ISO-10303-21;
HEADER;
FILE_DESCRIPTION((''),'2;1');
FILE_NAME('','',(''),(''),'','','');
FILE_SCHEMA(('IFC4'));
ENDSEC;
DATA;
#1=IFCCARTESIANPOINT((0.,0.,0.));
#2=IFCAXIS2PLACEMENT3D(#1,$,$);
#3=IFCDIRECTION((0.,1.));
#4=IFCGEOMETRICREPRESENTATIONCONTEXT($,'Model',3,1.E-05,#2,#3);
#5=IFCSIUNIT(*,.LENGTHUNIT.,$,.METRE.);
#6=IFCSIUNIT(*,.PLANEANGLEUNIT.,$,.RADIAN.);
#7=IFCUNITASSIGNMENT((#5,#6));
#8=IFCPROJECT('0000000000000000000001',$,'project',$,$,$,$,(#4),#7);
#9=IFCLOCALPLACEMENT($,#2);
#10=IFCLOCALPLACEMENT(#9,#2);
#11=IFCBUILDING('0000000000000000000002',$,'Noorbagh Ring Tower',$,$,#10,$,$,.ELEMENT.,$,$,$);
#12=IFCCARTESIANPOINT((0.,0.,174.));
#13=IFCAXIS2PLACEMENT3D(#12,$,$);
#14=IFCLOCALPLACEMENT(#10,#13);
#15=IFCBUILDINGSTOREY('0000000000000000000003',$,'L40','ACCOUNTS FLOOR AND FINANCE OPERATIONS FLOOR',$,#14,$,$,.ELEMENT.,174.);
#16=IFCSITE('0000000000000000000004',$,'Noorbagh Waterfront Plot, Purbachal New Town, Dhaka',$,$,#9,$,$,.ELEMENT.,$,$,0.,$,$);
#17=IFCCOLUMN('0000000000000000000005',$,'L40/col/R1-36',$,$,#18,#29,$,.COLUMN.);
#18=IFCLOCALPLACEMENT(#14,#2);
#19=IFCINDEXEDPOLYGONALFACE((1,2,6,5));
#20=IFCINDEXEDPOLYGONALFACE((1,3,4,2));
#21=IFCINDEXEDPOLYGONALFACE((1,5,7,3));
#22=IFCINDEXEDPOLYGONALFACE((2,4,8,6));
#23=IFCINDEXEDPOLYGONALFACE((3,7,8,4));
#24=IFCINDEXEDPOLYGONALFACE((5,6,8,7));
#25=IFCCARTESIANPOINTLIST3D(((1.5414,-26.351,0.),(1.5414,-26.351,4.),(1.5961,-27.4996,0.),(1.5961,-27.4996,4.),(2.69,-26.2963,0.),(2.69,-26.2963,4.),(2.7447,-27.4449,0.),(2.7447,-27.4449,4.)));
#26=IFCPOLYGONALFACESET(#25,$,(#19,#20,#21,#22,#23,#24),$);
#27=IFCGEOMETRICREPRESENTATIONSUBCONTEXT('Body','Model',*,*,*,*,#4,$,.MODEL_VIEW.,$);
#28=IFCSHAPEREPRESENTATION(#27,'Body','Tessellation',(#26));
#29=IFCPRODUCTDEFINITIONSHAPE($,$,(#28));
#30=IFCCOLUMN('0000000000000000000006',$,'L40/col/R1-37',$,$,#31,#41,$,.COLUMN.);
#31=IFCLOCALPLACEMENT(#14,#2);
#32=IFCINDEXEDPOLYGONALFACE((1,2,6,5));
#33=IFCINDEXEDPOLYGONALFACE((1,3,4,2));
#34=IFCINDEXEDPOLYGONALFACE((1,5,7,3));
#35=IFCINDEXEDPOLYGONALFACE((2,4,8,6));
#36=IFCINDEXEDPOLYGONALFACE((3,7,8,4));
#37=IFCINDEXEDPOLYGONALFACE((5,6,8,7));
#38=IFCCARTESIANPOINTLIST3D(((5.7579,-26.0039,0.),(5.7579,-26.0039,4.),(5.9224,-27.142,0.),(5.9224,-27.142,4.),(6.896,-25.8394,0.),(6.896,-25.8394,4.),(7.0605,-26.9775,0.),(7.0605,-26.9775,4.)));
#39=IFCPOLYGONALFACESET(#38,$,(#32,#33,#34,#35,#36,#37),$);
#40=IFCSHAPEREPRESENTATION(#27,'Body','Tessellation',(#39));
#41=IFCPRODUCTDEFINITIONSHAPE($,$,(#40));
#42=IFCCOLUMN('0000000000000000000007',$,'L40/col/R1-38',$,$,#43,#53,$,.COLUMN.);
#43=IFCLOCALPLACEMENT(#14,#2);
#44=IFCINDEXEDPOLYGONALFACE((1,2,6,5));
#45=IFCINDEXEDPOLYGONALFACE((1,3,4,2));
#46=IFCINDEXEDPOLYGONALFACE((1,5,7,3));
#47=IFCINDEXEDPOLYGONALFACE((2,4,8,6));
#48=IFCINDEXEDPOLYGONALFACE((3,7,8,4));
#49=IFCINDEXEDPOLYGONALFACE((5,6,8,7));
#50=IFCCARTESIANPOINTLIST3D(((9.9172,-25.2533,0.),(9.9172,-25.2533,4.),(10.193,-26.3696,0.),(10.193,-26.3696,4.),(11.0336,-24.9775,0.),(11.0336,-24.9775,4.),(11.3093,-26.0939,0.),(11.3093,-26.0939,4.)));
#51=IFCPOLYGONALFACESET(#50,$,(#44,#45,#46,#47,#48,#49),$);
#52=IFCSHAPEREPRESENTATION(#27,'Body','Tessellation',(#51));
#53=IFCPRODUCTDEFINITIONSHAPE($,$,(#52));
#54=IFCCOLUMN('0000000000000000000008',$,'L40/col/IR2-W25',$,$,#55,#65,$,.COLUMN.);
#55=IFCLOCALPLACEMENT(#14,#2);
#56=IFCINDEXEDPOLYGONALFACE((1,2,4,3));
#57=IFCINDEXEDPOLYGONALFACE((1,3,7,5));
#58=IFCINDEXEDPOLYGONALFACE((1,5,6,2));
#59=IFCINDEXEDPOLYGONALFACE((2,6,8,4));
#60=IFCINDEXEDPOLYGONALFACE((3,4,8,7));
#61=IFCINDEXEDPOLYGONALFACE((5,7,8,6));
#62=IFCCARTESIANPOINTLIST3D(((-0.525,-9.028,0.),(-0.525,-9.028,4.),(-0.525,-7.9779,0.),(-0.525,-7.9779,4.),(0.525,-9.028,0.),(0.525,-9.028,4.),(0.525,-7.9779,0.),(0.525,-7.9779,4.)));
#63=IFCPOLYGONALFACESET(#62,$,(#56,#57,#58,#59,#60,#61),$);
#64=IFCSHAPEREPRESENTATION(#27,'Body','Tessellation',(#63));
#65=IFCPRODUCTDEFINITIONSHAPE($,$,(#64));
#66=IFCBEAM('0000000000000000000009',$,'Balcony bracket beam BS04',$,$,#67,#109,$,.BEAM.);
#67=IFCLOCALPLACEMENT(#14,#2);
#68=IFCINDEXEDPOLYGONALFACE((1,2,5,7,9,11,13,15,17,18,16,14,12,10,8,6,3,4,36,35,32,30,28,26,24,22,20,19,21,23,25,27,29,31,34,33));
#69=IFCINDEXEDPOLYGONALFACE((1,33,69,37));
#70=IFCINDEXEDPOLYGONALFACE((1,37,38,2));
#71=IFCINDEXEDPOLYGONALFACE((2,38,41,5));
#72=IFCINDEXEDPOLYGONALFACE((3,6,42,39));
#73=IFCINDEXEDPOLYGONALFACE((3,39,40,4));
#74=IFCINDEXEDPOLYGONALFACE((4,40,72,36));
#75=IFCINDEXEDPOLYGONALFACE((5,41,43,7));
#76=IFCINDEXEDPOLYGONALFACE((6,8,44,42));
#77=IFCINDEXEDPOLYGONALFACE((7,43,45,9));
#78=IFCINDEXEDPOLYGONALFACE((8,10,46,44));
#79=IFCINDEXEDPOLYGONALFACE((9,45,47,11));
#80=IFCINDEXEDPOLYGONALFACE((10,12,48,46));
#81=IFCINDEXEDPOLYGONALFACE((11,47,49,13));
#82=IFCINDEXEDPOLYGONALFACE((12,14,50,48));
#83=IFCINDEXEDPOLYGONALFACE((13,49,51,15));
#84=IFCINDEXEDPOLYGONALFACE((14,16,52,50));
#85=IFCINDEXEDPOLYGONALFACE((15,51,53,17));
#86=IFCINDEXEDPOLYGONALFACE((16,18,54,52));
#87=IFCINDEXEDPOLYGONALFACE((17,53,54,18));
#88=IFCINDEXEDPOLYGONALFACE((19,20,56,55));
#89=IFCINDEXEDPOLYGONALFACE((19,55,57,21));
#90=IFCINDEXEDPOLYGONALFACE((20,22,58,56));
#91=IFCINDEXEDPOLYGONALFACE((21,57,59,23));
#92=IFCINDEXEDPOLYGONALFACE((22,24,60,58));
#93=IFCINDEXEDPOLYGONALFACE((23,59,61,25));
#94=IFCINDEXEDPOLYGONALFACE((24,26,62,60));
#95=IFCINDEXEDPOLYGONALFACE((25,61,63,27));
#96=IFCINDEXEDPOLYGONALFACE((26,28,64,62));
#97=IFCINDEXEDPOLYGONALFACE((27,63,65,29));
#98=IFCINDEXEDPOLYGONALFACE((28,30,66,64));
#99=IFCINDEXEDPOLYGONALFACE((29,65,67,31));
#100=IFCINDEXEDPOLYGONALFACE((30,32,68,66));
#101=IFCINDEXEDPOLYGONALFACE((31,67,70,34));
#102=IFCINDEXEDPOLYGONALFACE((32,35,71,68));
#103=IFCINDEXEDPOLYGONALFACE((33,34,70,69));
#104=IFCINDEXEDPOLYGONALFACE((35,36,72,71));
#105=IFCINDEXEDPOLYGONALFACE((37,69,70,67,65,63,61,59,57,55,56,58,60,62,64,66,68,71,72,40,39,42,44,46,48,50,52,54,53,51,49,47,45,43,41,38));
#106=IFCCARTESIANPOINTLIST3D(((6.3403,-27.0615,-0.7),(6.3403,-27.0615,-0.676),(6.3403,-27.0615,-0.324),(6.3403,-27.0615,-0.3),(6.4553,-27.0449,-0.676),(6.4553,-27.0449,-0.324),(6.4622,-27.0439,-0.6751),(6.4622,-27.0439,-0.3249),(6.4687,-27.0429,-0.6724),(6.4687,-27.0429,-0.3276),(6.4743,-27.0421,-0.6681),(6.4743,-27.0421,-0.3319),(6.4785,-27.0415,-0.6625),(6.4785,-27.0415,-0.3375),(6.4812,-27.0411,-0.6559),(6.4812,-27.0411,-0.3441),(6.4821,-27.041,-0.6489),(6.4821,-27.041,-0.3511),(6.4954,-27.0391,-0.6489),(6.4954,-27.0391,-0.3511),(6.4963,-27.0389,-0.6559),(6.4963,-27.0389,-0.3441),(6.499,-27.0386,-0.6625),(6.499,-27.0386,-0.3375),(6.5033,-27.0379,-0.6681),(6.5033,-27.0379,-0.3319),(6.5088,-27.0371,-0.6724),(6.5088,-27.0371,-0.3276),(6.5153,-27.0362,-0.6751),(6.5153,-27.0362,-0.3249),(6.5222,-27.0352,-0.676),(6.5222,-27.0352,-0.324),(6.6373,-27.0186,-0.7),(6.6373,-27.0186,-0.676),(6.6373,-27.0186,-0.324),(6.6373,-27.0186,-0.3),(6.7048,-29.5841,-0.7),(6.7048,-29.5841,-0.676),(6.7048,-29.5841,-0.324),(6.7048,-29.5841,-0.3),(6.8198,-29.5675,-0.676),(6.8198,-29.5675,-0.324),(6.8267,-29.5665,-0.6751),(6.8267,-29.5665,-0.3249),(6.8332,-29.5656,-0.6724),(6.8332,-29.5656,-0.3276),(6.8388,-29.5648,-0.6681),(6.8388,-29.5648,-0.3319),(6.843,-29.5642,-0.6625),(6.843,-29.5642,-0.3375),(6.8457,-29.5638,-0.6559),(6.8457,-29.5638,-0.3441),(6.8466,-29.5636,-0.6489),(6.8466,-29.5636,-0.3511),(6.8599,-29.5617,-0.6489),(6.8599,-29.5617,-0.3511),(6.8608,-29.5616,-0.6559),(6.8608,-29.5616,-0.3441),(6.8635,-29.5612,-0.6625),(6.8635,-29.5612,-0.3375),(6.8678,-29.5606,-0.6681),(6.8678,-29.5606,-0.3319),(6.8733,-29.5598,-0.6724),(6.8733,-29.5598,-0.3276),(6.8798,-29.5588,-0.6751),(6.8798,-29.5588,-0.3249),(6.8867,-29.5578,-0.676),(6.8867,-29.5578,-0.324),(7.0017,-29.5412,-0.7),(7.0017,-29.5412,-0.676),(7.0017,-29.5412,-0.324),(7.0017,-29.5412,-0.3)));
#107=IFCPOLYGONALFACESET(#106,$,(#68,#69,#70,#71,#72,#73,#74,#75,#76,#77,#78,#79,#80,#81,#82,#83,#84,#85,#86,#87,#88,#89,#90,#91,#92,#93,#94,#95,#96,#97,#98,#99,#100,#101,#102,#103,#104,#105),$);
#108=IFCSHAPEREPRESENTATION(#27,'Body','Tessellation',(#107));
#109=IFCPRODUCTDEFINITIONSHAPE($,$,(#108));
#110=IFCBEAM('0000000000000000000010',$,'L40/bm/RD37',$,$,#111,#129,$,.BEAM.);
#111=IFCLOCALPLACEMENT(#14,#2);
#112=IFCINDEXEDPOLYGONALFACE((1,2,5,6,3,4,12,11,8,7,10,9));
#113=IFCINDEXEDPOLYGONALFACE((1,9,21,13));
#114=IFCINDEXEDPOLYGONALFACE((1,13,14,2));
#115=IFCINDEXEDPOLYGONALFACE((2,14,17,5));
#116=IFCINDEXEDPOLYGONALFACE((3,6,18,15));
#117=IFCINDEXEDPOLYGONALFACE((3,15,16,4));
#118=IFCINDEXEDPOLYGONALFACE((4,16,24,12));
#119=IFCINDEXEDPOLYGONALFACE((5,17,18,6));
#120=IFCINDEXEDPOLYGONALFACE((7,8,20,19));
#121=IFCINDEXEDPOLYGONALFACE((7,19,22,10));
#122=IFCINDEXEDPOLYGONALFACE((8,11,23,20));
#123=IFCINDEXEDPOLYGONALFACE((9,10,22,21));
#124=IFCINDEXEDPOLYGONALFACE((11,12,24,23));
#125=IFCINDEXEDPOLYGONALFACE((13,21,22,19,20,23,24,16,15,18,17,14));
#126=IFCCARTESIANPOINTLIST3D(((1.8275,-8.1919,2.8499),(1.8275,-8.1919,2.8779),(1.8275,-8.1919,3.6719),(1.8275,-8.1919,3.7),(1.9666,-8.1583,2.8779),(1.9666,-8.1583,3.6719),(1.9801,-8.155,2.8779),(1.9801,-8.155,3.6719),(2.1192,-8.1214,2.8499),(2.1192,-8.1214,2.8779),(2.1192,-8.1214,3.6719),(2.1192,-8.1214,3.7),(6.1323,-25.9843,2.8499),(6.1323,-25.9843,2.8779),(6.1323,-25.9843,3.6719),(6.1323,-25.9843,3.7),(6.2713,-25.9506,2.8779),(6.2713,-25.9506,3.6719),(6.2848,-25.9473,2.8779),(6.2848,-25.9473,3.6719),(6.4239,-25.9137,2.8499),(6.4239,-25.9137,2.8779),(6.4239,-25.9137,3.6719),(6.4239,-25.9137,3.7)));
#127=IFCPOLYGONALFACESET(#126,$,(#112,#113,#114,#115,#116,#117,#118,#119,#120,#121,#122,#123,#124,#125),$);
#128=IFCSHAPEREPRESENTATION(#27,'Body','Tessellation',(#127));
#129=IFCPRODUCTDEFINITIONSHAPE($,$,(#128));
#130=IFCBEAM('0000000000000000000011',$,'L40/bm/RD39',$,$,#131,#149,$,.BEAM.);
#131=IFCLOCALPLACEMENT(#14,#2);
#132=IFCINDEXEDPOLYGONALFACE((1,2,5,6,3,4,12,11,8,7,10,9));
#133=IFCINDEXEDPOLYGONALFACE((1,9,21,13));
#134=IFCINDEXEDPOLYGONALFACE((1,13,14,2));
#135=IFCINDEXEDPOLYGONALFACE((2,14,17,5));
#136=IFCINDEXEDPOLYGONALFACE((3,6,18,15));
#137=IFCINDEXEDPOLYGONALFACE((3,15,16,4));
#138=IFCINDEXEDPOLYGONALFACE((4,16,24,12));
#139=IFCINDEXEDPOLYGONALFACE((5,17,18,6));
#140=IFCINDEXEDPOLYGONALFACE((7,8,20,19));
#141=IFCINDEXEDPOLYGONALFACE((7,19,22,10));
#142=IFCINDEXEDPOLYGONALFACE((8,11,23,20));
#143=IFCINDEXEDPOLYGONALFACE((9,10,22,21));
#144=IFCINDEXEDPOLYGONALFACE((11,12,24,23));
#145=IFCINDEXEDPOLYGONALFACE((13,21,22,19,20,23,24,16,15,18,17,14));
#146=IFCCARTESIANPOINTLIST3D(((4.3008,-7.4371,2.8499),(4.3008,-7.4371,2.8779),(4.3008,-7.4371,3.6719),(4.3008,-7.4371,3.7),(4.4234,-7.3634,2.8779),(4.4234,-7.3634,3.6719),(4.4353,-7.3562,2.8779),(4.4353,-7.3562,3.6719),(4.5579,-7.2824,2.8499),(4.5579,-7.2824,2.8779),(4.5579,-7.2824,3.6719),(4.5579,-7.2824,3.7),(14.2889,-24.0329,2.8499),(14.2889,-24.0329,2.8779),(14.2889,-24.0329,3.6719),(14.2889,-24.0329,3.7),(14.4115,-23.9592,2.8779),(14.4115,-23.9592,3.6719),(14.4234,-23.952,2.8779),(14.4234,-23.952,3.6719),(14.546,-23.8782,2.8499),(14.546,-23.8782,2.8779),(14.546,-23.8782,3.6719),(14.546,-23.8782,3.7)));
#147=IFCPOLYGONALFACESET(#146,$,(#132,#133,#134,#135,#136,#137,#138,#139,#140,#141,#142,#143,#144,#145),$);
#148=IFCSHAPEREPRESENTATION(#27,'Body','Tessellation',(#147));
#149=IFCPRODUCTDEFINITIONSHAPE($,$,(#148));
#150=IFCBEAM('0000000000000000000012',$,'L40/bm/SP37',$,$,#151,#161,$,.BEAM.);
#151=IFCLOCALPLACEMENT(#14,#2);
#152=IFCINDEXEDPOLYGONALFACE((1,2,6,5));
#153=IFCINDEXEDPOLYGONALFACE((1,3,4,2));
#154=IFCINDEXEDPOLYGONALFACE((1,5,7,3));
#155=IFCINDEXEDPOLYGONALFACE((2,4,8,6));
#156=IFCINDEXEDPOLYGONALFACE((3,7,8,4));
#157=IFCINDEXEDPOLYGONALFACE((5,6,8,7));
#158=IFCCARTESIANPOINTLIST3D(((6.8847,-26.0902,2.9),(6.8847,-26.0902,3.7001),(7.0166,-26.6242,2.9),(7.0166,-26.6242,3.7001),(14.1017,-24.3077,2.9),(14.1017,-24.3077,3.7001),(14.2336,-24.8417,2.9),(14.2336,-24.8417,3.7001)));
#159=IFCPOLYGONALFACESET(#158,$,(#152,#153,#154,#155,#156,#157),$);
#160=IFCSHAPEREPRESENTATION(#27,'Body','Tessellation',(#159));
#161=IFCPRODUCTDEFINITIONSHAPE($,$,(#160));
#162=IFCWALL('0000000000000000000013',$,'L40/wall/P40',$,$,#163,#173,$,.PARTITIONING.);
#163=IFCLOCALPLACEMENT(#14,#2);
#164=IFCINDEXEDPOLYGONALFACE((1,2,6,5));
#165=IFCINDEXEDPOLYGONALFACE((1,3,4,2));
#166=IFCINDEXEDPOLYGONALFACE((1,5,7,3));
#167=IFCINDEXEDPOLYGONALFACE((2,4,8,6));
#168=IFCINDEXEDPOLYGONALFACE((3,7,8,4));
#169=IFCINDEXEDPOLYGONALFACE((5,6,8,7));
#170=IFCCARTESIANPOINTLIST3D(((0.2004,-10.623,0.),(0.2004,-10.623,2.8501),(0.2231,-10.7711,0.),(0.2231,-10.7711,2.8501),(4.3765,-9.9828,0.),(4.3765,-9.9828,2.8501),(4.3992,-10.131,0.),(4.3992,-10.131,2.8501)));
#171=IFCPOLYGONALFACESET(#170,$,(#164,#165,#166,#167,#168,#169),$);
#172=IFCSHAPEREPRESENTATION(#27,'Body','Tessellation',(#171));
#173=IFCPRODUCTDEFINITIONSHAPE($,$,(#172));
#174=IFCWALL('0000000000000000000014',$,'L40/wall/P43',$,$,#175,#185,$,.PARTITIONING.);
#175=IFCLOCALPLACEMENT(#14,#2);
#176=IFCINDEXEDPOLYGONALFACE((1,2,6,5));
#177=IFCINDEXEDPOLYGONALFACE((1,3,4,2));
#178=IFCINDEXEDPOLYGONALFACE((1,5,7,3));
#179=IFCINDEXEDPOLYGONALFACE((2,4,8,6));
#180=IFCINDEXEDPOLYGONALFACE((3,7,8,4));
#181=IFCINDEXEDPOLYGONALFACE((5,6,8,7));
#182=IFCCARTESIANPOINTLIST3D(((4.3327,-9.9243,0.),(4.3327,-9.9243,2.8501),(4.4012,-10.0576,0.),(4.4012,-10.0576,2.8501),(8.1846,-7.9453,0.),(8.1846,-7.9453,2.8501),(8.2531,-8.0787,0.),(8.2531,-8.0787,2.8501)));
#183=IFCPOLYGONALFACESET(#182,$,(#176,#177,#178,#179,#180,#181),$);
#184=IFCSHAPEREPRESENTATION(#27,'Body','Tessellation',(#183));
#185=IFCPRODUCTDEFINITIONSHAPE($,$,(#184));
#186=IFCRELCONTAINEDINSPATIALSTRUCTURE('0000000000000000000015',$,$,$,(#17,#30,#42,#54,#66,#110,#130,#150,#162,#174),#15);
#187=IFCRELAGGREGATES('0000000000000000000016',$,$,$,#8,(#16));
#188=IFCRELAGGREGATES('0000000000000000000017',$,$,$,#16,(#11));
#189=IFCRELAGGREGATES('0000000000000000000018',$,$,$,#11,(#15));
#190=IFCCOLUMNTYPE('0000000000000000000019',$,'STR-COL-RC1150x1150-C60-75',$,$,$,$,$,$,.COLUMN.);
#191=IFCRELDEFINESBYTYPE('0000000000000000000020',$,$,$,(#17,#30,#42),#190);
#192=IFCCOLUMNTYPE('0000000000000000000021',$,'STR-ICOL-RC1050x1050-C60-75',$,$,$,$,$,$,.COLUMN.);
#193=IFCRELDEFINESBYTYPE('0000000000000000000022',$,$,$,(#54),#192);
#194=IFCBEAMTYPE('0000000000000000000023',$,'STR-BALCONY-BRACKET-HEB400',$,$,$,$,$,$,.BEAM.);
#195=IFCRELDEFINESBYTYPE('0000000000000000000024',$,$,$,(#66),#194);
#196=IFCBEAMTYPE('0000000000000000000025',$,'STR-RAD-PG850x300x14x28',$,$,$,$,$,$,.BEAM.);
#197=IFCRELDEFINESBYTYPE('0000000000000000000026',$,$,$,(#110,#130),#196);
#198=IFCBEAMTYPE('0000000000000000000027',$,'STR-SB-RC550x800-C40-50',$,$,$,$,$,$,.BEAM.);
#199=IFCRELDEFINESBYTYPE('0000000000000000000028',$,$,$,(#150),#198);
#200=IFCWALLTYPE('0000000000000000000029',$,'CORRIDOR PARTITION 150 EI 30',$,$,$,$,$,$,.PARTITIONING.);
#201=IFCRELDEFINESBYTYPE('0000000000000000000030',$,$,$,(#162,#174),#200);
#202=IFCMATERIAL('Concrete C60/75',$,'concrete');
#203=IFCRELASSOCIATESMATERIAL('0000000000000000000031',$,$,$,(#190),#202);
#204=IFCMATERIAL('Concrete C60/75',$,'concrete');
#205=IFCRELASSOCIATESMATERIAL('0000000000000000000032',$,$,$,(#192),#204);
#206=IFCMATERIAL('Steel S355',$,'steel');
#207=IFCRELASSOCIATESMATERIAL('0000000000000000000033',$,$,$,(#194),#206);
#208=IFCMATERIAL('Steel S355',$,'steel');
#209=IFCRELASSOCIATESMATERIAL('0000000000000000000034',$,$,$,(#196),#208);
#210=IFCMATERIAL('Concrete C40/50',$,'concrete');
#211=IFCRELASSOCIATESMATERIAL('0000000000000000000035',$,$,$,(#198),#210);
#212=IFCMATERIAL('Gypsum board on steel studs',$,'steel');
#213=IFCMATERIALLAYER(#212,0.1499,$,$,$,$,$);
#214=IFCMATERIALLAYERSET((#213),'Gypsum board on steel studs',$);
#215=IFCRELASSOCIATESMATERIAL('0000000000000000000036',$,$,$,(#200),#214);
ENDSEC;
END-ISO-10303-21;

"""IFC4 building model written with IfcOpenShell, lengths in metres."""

from ifc_helpers import new_model, si_unit, direction, frame, frame_2d, origin, origin_2d, place, context, subcontext, project, spatial, rectangle, i_section, extrude, material, layer, layer_set, material_profile, profile_set, type_object, element, save


model = new_model("IFC4")

# Units and contexts
model_context = context("Model", 3, precision=1e-05, world=origin(), true_north=direction((0.0, 1.0)))
body_context = subcontext(model_context, "Body", "Model", "MODEL_VIEW")
ifc_project = project(units=[si_unit("LENGTHUNIT", "METRE"), si_unit("PLANEANGLEUNIT", "RADIAN")], contexts=[model_context])

# Site, building, storey
site_placement = place(None, origin())
site = spatial("IfcSite", under=ifc_project, at=site_placement, Name="Noorbagh Waterfront Plot, Purbachal New Town, Dhaka", CompositionType="ELEMENT", RefElevation=0.0)
building_placement = place(site_placement, origin())
building = spatial("IfcBuilding", under=site, at=building_placement, Name="Noorbagh Ring Tower", CompositionType="ELEMENT")
storey_placement = place(building_placement, frame((0.0, 0.0, 174.0)))
storey = spatial("IfcBuildingStorey", under=building, at=storey_placement, Name="L40", Description="ACCOUNTS FLOOR AND FINANCE OPERATIONS FLOOR", CompositionType="ELEMENT", Elevation=174.0)

# Columns
ifc_material_1 = material(Name="Concrete C60/75", Category="concrete")
ifc_material_profile_1 = material_profile(ifc_material_1, rectangle(XDim=1.1499, YDim=1.1499, at=origin_2d()), Name="RC1150x1150")
ifc_profile_set_1 = profile_set([ifc_material_profile_1], Name="Concrete C60/75")
column_type_1 = type_object("IfcColumnType", Name="STR-COL-RC1150x1150-C60-75", PredefinedType="COLUMN", material=ifc_profile_set_1)
for number, where, z_axis, x_axis, name in (
    (1, (2.1431, -26.8979, 0.0), (0.0, 0.0, 1.0), (0.998869, 0.047553, 0.0), "L40/col/R1-36"),
    (2, (6.4092, -26.4907, 0.0), (0.0, 0.0, 1.0), (0.989713, 0.143066, 0.0), "L40/col/R1-37"),
    (3, (10.6133, -25.6736, 0.0), (0.0, 0.0, 1.0), (0.970829, 0.239771, 0.0), "L40/col/R1-38"),
):
    element("IfcColumn", number, at=place(storey_placement, frame(where, z_axis=z_axis, x_axis=x_axis)), inside=storey, type_object=column_type_1, Name=name, PredefinedType="COLUMN", context=body_context, shape_type="SweptSolid", body=[
        extrude(rectangle(XDim=1.1499, YDim=1.1499, at=origin_2d()), origin(), (0.0, 0.0, 1.0), 4.0),
    ])
ifc_material_2 = material(Name="Concrete C60/75", Category="concrete")
ifc_material_profile_2 = material_profile(ifc_material_2, rectangle(XDim=1.05, YDim=1.05, at=origin_2d()), Name="RC1050x1050")
ifc_profile_set_2 = profile_set([ifc_material_profile_2], Name="Concrete C60/75")
column_type_2 = type_object("IfcColumnType", Name="STR-ICOL-RC1050x1050-C60-75", PredefinedType="COLUMN", material=ifc_profile_set_2)
column_placement = place(storey_placement, frame((0.0, -8.5029, 0.0), z_axis=(0.0, 0.0, 1.0), x_axis=(1.0, 0.0, 0.0)))
element("IfcColumn", 4, at=column_placement, inside=storey, type_object=column_type_2, Name="L40/col/IR2-W25", PredefinedType="COLUMN", context=body_context, shape_type="SweptSolid", body=[
    extrude(rectangle(XDim=1.05, YDim=1.05, at=origin_2d()), origin(), (0.0, 0.0, 1.0), 4.0),
])

# Beams
ifc_material_3 = material(Name="Steel S355", Category="steel")
ifc_material_profile_3 = material_profile(ifc_material_3, i_section(OverallWidth=0.3, OverallDepth=0.3999, WebThickness=0.0134, FlangeThickness=0.0239, FilletRadius=0.0271, at=origin_2d()), Name="HEB400")
ifc_profile_set_3 = profile_set([ifc_material_profile_3], Name="Steel S355")
beam_type_1 = type_object("IfcBeamType", Name="STR-BALCONY-BRACKET-HEB400", PredefinedType="BEAM", material=ifc_profile_set_3)
beam_1_placement = place(storey_placement, frame((6.4888, -27.04, -0.5), z_axis=(0.143004, -0.989722, 0.0), x_axis=(0.989722, 0.143004, 0.0)))
element("IfcBeam", 5, at=beam_1_placement, inside=storey, type_object=beam_type_1, Name="Balcony bracket beam BS04", PredefinedType="BEAM", context=body_context, shape_type="SweptSolid", body=[
    extrude(i_section(OverallWidth=0.3, OverallDepth=0.3999, WebThickness=0.0134, FlangeThickness=0.0239, FilletRadius=0.0271, at=origin_2d()), origin(), (0.0, 0.0, 1.0), 2.5488),
])
ifc_material_4 = material(Name="Steel S355", Category="steel")
ifc_material_profile_4 = material_profile(ifc_material_4, i_section(OverallWidth=0.3, OverallDepth=0.8501, WebThickness=0.0139, FlangeThickness=0.0281, at=origin_2d()), Name="PG850x300x14x28")
ifc_profile_set_4 = profile_set([ifc_material_profile_4], Name="Steel S355")
beam_type_2 = type_object("IfcBeamType", Name="STR-RAD-PG850x300x14x28", PredefinedType="BEAM", material=ifc_profile_set_4)
beam_2_placement = place(storey_placement, frame((6.2781, -25.949, 3.2749), z_axis=(-0.235157, 0.971957, 0.0), x_axis=(-0.971957, -0.235157, 0.0)))
element("IfcBeam", 6, at=beam_2_placement, inside=storey, type_object=beam_type_2, Name="L40/bm/RD37", PredefinedType="BEAM", context=body_context, shape_type="SweptSolid", body=[
    extrude(i_section(OverallWidth=0.3, OverallDepth=0.8501, WebThickness=0.0139, FlangeThickness=0.0281, at=origin_2d()), origin(), (0.0, 0.0, 1.0), 18.3057),
])
beam_3_placement = place(storey_placement, frame((14.4175, -23.9556, 3.2749), z_axis=(-0.515657, 0.856795, 0.0), x_axis=(-0.856795, -0.515657, 0.0)))
element("IfcBeam", 7, at=beam_3_placement, inside=storey, type_object=beam_type_2, Name="L40/bm/RD39", PredefinedType="BEAM", context=body_context, shape_type="SweptSolid", body=[
    extrude(i_section(OverallWidth=0.3, OverallDepth=0.8501, WebThickness=0.0139, FlangeThickness=0.0281, at=origin_2d()), origin(), (0.0, 0.0, 1.0), 19.3696),
])
ifc_material_5 = material(Name="Concrete C40/50", Category="concrete")
ifc_material_profile_5 = material_profile(ifc_material_5, rectangle(XDim=0.55, YDim=0.8, at=origin_2d()), Name="RC550x800")
ifc_profile_set_5 = profile_set([ifc_material_profile_5], Name="Concrete C40/50")
beam_type_3 = type_object("IfcBeamType", Name="STR-SB-RC550x800-C40-50", PredefinedType="BEAM", material=ifc_profile_set_5)
beam_4_placement = place(storey_placement, frame((6.9507, -26.3572, 3.3), z_axis=(0.970828, 0.239776, 0.0), x_axis=(-0.239776, 0.970828, 0.0)))
element("IfcBeam", 8, at=beam_4_placement, inside=storey, type_object=beam_type_3, Name="L40/bm/SP37", PredefinedType="BEAM", context=body_context, shape_type="SweptSolid", body=[
    extrude(rectangle(XDim=0.55, YDim=0.8, at=origin_2d()), origin(), (0.0, 0.0, 1.0), 7.4338),
])

# Walls
ifc_material_6 = material(Name="Gypsum board on steel studs", Category="steel")
ifc_layer_1 = layer(ifc_material_6, 0.1499)
ifc_layer_set_1 = layer_set([ifc_layer_1], Name="Gypsum board on steel studs")
wall_type_1 = type_object("IfcWallType", Name="CORRIDOR PARTITION 150 EI 30", PredefinedType="PARTITIONING", material=ifc_layer_set_1)
wall_1_placement = place(storey_placement, frame((0.2119, -10.697, 0.0), z_axis=(0.0, 0.0, 1.0), x_axis=(0.988454, 0.151519, 0.0)))
element("IfcWall", 9, at=wall_1_placement, inside=storey, type_object=wall_type_1, Name="L40/wall/P40", PredefinedType="PARTITIONING", context=body_context, shape_type="SweptSolid", body=[
    extrude(rectangle(XDim=4.2249, YDim=0.1499, at=frame_2d((2.1123, 0.0))), origin(), (0.0, 0.0, 1.0), 2.8501),
])
wall_2_placement = place(storey_placement, frame((4.3669, -9.991, 0.0), z_axis=(0.0, 0.0, 1.0), x_axis=(0.88948, 0.456973, 0.0)))
element("IfcWall", 10, at=wall_2_placement, inside=storey, type_object=wall_type_1, Name="L40/wall/P43", PredefinedType="PARTITIONING", context=body_context, shape_type="SweptSolid", body=[
    extrude(rectangle(XDim=4.3306, YDim=0.1499, at=frame_2d((2.1653, 0.0))), origin(), (0.0, 0.0, 1.0), 2.8501),
])

save(model, "model.ifc")
